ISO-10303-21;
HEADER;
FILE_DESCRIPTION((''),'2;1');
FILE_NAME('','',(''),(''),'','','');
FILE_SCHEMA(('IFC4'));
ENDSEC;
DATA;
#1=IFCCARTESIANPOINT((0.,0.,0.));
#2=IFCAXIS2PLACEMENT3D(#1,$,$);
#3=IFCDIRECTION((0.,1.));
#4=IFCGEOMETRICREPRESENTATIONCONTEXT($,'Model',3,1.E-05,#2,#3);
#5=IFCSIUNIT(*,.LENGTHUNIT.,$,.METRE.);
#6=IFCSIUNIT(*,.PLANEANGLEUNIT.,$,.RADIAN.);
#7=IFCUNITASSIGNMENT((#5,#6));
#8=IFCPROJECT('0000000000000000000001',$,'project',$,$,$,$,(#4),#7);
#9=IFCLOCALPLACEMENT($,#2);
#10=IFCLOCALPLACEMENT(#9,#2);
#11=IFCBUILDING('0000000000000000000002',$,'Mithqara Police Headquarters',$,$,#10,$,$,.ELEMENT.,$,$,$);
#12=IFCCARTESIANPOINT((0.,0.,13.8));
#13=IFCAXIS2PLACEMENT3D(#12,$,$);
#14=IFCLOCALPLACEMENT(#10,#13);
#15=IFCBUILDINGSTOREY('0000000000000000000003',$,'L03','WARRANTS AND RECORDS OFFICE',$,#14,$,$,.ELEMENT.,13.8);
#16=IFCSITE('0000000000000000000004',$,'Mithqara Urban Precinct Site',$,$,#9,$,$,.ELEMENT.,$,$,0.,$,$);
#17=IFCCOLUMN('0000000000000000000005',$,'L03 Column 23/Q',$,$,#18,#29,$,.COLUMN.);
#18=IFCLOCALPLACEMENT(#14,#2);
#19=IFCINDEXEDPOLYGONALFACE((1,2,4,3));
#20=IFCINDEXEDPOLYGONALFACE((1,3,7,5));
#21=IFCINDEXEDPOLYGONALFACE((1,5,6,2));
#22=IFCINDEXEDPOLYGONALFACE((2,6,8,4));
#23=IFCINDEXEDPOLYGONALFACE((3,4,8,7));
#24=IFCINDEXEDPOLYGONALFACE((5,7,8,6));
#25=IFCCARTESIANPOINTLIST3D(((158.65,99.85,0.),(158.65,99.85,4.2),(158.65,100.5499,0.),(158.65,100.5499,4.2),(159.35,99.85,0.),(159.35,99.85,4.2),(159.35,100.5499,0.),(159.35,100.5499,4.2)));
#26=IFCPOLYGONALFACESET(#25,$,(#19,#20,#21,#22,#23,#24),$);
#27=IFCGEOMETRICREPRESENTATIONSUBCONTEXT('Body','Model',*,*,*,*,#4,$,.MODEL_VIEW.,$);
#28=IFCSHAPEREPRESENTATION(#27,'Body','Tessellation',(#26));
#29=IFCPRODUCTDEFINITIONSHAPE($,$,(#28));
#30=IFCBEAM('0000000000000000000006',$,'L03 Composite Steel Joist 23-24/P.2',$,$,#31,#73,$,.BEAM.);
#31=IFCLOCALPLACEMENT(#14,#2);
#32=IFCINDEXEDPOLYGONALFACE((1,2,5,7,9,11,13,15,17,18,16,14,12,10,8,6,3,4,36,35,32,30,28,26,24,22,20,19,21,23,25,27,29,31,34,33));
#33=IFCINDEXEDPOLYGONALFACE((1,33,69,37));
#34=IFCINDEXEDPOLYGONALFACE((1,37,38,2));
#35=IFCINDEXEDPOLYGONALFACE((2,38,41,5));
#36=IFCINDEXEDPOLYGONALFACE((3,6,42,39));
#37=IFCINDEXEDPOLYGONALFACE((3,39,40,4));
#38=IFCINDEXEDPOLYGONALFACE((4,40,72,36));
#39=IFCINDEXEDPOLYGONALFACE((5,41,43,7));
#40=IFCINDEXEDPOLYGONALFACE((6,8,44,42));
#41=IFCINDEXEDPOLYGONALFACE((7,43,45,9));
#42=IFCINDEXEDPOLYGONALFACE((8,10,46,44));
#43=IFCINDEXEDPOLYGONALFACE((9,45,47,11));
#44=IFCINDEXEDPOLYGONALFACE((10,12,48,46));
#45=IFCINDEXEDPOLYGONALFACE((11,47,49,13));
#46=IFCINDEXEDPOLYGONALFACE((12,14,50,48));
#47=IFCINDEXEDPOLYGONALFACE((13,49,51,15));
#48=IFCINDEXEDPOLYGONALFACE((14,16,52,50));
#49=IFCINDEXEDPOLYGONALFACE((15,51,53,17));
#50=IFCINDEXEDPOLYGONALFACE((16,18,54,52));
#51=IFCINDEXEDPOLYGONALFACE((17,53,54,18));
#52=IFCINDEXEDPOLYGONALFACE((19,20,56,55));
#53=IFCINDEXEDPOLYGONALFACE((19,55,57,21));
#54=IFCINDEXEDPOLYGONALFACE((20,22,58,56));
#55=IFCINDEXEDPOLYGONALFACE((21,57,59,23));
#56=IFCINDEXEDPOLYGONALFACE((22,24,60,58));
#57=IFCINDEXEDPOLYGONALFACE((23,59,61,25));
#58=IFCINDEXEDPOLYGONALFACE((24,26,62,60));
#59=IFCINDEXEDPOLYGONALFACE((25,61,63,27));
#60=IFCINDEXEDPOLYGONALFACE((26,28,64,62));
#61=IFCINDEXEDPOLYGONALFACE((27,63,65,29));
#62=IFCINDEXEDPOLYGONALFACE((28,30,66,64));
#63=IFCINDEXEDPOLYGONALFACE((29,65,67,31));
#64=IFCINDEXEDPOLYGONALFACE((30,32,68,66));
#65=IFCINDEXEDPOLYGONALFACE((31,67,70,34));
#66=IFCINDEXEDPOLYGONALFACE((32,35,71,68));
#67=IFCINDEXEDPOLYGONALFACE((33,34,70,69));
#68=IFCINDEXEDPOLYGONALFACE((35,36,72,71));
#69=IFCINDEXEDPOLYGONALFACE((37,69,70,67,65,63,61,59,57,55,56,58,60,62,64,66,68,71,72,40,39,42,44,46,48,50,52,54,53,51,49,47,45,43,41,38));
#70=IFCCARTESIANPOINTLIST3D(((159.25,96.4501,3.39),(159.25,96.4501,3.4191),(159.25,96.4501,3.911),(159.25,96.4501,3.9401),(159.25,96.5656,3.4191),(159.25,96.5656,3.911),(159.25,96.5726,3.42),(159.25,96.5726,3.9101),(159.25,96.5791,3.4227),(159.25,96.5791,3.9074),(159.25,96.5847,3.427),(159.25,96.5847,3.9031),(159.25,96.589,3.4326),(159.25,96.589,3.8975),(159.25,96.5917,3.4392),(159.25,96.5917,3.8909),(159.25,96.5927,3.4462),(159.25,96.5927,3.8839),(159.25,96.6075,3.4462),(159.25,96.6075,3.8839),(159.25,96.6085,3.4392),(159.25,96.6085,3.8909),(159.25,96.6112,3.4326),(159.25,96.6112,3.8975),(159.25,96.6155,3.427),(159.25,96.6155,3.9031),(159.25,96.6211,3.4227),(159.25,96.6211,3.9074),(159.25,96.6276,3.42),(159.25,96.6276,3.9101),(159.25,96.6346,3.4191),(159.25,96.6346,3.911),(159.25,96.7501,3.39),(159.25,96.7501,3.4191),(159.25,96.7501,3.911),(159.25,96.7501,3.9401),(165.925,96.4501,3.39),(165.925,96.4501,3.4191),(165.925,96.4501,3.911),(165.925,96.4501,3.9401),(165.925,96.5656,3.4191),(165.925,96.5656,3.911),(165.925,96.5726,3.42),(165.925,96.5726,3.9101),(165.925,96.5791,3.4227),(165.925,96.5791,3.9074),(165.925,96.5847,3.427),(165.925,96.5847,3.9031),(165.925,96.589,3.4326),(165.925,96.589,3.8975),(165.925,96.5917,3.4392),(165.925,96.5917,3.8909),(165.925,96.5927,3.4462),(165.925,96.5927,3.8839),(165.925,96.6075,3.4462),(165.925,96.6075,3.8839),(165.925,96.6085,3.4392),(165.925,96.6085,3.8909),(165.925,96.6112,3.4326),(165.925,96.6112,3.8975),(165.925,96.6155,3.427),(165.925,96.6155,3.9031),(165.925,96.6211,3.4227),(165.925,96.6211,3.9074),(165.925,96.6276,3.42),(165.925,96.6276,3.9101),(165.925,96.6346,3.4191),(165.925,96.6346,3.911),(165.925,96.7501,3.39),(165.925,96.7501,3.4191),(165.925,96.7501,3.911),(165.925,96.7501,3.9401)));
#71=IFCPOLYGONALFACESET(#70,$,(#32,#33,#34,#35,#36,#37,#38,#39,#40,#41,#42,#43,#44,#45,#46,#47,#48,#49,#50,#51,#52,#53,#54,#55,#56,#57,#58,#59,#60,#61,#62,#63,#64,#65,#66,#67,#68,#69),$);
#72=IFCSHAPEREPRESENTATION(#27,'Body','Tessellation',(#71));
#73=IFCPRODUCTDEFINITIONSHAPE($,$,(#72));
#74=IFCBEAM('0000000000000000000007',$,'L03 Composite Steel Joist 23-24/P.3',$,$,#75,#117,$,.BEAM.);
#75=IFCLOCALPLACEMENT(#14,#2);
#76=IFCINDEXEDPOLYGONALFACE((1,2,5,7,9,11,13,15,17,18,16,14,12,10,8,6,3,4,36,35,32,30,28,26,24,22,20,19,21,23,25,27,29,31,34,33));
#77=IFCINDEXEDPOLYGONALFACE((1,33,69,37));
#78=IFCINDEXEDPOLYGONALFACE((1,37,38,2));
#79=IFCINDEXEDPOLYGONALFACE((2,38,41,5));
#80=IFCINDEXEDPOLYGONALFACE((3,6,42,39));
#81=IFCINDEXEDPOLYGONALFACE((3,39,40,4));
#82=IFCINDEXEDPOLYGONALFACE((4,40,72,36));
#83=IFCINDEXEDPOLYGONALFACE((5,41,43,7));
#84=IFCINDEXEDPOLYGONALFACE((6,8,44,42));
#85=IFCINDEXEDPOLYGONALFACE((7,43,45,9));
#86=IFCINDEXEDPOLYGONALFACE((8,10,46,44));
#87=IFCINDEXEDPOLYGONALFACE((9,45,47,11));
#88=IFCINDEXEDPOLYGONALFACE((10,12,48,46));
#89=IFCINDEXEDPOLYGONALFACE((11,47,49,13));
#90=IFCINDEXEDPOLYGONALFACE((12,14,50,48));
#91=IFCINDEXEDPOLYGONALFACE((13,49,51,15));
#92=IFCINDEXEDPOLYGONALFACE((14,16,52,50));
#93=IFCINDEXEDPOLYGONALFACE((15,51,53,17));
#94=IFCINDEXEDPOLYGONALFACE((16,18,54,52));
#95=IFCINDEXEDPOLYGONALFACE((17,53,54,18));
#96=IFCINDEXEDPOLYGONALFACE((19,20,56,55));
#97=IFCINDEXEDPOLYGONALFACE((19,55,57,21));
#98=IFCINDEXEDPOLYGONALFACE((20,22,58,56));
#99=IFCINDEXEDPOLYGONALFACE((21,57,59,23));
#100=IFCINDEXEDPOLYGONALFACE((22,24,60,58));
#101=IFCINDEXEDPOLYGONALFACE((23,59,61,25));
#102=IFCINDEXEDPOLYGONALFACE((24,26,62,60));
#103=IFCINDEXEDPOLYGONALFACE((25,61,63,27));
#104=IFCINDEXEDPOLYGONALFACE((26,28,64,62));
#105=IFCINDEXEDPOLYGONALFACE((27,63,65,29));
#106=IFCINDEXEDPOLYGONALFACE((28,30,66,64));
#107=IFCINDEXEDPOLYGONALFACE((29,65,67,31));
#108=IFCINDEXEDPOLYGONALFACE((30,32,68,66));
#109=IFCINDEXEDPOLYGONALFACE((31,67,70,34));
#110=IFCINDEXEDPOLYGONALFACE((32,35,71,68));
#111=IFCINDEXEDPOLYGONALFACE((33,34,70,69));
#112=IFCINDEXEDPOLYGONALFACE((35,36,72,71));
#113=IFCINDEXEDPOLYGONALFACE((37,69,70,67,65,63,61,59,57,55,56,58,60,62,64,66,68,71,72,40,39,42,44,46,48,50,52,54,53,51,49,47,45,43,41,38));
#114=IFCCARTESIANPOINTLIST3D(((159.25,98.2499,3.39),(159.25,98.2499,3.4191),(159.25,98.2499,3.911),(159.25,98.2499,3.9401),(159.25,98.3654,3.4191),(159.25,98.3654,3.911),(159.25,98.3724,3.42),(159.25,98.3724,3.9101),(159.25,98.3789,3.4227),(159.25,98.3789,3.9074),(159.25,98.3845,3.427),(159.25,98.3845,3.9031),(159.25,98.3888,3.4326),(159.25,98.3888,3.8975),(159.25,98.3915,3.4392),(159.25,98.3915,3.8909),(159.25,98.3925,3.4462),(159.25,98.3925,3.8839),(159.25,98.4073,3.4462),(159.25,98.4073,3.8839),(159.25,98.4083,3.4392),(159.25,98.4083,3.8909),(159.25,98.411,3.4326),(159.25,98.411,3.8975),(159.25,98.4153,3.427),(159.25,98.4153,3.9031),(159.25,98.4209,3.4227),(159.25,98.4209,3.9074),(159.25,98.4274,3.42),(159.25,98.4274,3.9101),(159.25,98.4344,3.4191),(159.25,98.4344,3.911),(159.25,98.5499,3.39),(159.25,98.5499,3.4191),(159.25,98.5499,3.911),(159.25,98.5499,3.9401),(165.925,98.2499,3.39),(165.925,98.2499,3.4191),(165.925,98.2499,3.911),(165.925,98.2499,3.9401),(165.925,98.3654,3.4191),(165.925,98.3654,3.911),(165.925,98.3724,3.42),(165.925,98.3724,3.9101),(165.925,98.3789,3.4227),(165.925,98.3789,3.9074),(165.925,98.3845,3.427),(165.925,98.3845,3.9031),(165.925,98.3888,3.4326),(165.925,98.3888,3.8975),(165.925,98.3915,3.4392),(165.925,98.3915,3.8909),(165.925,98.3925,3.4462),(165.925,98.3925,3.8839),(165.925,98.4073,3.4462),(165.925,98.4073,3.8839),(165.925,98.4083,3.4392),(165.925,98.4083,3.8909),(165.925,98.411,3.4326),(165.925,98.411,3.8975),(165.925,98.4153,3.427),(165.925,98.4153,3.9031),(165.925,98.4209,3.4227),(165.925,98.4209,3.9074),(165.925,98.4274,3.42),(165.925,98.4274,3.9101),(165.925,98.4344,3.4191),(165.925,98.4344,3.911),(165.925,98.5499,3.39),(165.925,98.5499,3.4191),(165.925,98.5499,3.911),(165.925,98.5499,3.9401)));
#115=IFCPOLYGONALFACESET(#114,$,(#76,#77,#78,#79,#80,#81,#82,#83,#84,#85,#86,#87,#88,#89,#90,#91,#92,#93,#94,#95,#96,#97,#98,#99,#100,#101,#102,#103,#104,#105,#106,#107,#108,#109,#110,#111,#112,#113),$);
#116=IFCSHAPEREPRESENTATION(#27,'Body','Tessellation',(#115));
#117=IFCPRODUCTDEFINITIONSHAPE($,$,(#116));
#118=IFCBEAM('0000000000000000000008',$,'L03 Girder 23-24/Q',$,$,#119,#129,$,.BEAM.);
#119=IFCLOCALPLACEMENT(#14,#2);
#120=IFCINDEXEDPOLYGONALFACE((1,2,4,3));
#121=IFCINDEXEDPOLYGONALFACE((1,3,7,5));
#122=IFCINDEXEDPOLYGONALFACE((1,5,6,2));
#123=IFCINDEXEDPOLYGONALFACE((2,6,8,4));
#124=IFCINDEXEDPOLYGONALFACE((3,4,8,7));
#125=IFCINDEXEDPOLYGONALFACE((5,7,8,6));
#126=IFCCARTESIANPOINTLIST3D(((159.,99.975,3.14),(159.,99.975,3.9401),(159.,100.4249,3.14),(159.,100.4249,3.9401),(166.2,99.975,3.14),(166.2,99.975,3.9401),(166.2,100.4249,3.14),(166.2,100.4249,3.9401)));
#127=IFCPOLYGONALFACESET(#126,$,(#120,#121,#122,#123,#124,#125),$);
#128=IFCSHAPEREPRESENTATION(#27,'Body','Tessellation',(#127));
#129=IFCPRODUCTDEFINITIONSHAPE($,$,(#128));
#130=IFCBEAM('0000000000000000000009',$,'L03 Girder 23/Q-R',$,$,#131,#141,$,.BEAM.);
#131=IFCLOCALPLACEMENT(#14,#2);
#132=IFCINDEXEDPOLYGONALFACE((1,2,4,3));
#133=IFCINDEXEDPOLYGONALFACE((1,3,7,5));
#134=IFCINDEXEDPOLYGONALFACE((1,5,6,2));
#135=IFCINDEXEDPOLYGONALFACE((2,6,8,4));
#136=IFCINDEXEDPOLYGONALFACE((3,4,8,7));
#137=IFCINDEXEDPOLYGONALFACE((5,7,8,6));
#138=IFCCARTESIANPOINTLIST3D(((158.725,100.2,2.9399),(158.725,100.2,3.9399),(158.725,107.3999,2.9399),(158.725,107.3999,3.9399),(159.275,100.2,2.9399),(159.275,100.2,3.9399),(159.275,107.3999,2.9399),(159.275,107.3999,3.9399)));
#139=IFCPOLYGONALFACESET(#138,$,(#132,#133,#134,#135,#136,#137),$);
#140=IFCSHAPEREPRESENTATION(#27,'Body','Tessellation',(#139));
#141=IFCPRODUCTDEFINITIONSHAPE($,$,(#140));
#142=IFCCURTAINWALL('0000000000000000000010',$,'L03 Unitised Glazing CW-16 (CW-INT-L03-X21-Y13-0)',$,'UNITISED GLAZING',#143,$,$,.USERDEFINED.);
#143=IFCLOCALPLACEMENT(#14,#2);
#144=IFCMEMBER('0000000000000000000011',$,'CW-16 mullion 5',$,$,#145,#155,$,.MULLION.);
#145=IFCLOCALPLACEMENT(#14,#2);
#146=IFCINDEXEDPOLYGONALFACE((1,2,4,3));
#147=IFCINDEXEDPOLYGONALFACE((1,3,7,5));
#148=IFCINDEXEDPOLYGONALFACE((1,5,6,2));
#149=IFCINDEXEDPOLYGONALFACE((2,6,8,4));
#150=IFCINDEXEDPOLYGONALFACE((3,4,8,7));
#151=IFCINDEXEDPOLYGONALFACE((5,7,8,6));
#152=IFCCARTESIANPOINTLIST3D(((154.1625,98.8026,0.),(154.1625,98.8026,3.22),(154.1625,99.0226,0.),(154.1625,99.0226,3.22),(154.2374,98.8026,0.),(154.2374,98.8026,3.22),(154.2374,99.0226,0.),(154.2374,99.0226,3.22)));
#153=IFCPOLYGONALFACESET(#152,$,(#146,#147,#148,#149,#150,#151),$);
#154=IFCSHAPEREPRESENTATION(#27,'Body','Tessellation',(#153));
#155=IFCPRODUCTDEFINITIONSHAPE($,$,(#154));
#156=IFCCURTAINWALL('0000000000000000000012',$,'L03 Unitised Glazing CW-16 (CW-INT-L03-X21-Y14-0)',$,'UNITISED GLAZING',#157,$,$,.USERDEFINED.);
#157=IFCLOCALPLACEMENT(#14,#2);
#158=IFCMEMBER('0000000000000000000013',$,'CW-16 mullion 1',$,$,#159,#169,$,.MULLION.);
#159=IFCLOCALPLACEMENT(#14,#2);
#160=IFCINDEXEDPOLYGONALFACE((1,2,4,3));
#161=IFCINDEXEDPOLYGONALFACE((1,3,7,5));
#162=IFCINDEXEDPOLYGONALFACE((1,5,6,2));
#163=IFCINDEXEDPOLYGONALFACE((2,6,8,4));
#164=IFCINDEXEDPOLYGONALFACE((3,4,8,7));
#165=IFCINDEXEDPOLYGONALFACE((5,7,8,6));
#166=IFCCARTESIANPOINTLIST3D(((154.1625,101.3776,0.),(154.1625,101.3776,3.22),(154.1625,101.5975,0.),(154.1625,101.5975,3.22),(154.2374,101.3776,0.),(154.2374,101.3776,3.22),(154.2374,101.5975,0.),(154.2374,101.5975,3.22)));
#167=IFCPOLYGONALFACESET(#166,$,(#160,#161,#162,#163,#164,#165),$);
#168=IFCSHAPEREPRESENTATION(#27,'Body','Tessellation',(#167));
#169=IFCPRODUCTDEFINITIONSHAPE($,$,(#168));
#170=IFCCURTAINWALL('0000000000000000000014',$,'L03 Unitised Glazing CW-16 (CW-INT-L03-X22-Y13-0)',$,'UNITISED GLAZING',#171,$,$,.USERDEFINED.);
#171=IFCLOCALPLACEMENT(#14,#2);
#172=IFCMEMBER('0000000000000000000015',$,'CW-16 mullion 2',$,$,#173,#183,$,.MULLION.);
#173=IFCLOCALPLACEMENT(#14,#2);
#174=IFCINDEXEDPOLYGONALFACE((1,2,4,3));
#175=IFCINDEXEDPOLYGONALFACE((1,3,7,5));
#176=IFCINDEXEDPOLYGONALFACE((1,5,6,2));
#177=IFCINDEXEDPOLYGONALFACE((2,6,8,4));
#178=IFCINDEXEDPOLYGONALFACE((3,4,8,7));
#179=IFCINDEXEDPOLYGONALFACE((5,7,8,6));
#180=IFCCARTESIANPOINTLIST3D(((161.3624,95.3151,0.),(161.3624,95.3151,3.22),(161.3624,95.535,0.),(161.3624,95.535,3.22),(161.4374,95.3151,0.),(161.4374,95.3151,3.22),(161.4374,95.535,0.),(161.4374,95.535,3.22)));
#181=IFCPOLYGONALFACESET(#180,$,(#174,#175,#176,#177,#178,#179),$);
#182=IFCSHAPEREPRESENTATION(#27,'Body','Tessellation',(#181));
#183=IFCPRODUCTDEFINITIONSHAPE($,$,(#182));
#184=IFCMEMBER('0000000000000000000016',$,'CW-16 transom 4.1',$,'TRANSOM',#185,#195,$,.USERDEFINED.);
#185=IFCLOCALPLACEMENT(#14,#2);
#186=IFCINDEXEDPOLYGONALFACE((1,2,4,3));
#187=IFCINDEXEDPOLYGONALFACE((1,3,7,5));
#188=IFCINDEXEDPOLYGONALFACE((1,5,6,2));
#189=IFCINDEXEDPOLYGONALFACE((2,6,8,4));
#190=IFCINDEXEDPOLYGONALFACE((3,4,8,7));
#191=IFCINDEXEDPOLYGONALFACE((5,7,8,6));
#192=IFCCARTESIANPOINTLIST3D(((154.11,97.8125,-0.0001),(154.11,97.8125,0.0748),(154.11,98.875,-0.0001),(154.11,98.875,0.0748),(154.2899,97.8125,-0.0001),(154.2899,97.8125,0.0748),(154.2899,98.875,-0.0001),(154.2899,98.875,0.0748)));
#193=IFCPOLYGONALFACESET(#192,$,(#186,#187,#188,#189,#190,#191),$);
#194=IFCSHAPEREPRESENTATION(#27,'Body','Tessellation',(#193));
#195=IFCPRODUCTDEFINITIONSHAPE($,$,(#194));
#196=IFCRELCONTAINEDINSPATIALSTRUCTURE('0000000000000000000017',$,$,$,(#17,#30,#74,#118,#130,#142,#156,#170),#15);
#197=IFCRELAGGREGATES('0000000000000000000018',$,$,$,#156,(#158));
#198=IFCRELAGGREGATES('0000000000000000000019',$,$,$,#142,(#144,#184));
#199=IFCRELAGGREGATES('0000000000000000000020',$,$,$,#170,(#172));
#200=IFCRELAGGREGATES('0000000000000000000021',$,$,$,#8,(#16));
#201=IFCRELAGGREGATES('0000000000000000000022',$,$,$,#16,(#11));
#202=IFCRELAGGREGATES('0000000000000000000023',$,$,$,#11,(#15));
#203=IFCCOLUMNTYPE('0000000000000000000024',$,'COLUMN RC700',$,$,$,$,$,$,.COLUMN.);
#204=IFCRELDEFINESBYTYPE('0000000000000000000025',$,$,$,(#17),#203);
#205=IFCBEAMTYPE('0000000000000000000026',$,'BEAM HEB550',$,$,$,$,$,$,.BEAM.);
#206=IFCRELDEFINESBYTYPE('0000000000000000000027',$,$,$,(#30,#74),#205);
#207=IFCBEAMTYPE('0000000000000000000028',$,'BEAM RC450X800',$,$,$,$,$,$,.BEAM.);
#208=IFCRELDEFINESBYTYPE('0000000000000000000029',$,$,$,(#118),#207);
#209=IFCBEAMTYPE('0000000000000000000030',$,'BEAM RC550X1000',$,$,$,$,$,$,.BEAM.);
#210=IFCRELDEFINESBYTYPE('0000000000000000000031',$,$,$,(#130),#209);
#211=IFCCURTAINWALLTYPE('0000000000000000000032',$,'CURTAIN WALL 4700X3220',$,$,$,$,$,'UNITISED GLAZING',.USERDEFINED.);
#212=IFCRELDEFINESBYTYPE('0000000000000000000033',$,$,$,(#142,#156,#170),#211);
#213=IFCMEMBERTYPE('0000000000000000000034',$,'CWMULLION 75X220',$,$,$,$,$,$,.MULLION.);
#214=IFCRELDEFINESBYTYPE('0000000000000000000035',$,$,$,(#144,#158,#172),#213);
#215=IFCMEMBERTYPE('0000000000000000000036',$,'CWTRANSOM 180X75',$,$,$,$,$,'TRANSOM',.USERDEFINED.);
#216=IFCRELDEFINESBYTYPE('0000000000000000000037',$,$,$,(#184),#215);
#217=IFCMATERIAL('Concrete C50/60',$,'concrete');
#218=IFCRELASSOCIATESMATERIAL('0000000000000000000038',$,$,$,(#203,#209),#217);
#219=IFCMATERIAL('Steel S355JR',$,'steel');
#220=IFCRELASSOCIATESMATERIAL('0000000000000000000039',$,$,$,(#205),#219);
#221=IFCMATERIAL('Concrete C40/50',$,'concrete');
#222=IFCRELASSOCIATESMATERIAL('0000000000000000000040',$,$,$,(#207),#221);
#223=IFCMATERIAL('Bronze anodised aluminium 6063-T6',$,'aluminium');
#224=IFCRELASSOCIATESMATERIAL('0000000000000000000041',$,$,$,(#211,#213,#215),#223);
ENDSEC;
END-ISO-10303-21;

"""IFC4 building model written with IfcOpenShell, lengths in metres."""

from ifc_helpers import new_model, si_unit, direction, frame, origin, origin_2d, place, context, subcontext, project, spatial, rectangle, i_section, extrude, material, material_profile, profile_set, type_object, element, aggregate, save


model = new_model("IFC4")

# Units and contexts
model_context = context("Model", 3, precision=1e-05, world=origin(), true_north=direction((0.0, 1.0)))
body_context = subcontext(model_context, "Body", "Model", "MODEL_VIEW")
ifc_project = project(units=[si_unit("LENGTHUNIT", "METRE"), si_unit("PLANEANGLEUNIT", "RADIAN")], contexts=[model_context])

# Site, building, storey
site_placement = place(None, origin())
site = spatial("IfcSite", under=ifc_project, at=site_placement, Name="Mithqara Urban Precinct Site", CompositionType="ELEMENT", RefElevation=0.0)
building_placement = place(site_placement, origin())
building = spatial("IfcBuilding", under=site, at=building_placement, Name="Mithqara Police Headquarters", CompositionType="ELEMENT")
storey_placement = place(building_placement, frame((0.0, 0.0, 13.8)))
storey = spatial("IfcBuildingStorey", under=building, at=storey_placement, Name="L03", Description="WARRANTS AND RECORDS OFFICE", CompositionType="ELEMENT", Elevation=13.8)

# Column
ifc_material_1 = material(Name="Concrete C50/60", Category="concrete")
ifc_material_profile_1 = material_profile(ifc_material_1, rectangle(XDim=0.7, YDim=0.7, at=origin_2d()), Name="RC 700x700")
ifc_profile_set_1 = profile_set([ifc_material_profile_1], Name="Concrete C50/60")
column_type = type_object("IfcColumnType", Name="COLUMN RC700", PredefinedType="COLUMN", material=ifc_profile_set_1)
column_placement = place(storey_placement, frame((159.0, 100.2, 0.0), z_axis=(0.0, 0.0, 1.0), x_axis=(1.0, 0.0, 0.0)))
element("IfcColumn", 1, at=column_placement, inside=storey, type_object=column_type, Name="L03 Column 23/Q", PredefinedType="COLUMN", context=body_context, shape_type="SweptSolid", body=[
    extrude(rectangle(XDim=0.7, YDim=0.7, at=origin_2d()), origin(), (0.0, 0.0, 1.0), 4.2),
])

# Beams
ifc_material_2 = material(Name="Steel S355JR", Category="steel")
ifc_material_profile_2 = material_profile(ifc_material_2, i_section(OverallWidth=0.3, OverallDepth=0.55, WebThickness=0.0149, FlangeThickness=0.0291, FilletRadius=0.0271, at=origin_2d()), Name="HEB 550")
ifc_profile_set_2 = profile_set([ifc_material_profile_2], Name="Steel S355JR")
beam_type_1 = type_object("IfcBeamType", Name="BEAM HEB550", PredefinedType="BEAM", material=ifc_profile_set_2)
for number, where, z_axis, x_axis, name in (
    (2, (159.25, 96.6001, 3.665), (1.0, 0.0, 0.0), (0.0, 1.0, 0.0), "L03 Composite Steel Joist 23-24/P.2"),
    (3, (159.25, 98.3999, 3.665), (1.0, 0.0, 0.0), (0.0, 1.0, 0.0), "L03 Composite Steel Joist 23-24/P.3"),
):
    element("IfcBeam", number, at=place(storey_placement, frame(where, z_axis=z_axis, x_axis=x_axis)), inside=storey, type_object=beam_type_1, Name=name, PredefinedType="BEAM", context=body_context, shape_type="SweptSolid", body=[
        extrude(i_section(OverallWidth=0.3, OverallDepth=0.55, WebThickness=0.0149, FlangeThickness=0.0291, FilletRadius=0.0271, at=origin_2d()), origin(), (0.0, 0.0, 1.0), 6.675),
    ])
ifc_material_3 = material(Name="Concrete C40/50", Category="concrete")
ifc_material_profile_3 = material_profile(ifc_material_3, rectangle(XDim=0.45, YDim=0.8, at=origin_2d()), Name="RC 450x800")
ifc_profile_set_3 = profile_set([ifc_material_profile_3], Name="Concrete C40/50")
beam_type_2 = type_object("IfcBeamType", Name="BEAM RC450X800", PredefinedType="BEAM", material=ifc_profile_set_3)
beam_1_placement = place(storey_placement, frame((159.0, 100.2, 3.54), z_axis=(1.0, 0.0, 0.0), x_axis=(0.0, 1.0, 0.0)))
element("IfcBeam", 4, at=beam_1_placement, inside=storey, type_object=beam_type_2, Name="L03 Girder 23-24/Q", PredefinedType="BEAM", context=body_context, shape_type="SweptSolid", body=[
    extrude(rectangle(XDim=0.45, YDim=0.8, at=origin_2d()), origin(), (0.0, 0.0, 1.0), 7.2),
])
ifc_material_profile_4 = material_profile(ifc_material_1, rectangle(XDim=0.55, YDim=1.0, at=origin_2d()), Name="RC 550x1000")
ifc_profile_set_4 = profile_set([ifc_material_profile_4], Name="Concrete C50/60")
beam_type_3 = type_object("IfcBeamType", Name="BEAM RC550X1000", PredefinedType="BEAM", material=ifc_profile_set_4)
beam_2_placement = place(storey_placement, frame((159.0, 100.2, 3.4399), z_axis=(0.0, 1.0, 0.0), x_axis=(-1.0, 0.0, 0.0)))
element("IfcBeam", 5, at=beam_2_placement, inside=storey, type_object=beam_type_3, Name="L03 Girder 23/Q-R", PredefinedType="BEAM", context=body_context, shape_type="SweptSolid", body=[
    extrude(rectangle(XDim=0.55, YDim=1.0, at=origin_2d()), origin(), (0.0, 0.0, 1.0), 7.2),
])

# Curtain walls, members
ifc_material_4 = material(Name="Bronze anodised aluminium 6063-T6", Category="aluminium")
curtain_wall_type = type_object("IfcCurtainWallType", Name="CURTAIN WALL 4700X3220", ElementType="UNITISED GLAZING", PredefinedType="USERDEFINED", material=ifc_material_4)
curtain_wall_1_placement = place(storey_placement, origin())
curtain_wall_1 = element("IfcCurtainWall", 6, at=curtain_wall_1_placement, inside=storey, type_object=curtain_wall_type, Name="L03 Unitised Glazing CW-16 (CW-INT-L03-X21-Y13-0)", ObjectType="UNITISED GLAZING", PredefinedType="USERDEFINED")
ifc_material_profile_5 = material_profile(ifc_material_4, rectangle(XDim=0.075, YDim=0.22, at=origin_2d()), Name="CWM 75x220")
ifc_profile_set_5 = profile_set([ifc_material_profile_5], Name="Bronze anodised aluminium 6063-T6")
member_type_1 = type_object("IfcMemberType", Name="CWMULLION 75X220", PredefinedType="MULLION", material=ifc_profile_set_5)
member_1_placement = place(storey_placement, frame((154.2, 98.9126, 0.0), z_axis=(0.0, 0.0, 1.0), x_axis=(-1.0, 0.0, 0.0)))
member_1 = element("IfcMember", 7, at=member_1_placement, type_object=member_type_1, Name="CW-16 mullion 5", PredefinedType="MULLION", context=body_context, shape_type="SweptSolid", body=[
    extrude(rectangle(XDim=0.075, YDim=0.22, at=origin_2d()), origin(), (0.0, 0.0, 1.0), 3.22),
])
curtain_wall_2_placement = place(storey_placement, origin())
curtain_wall_2 = element("IfcCurtainWall", 8, at=curtain_wall_2_placement, inside=storey, type_object=curtain_wall_type, Name="L03 Unitised Glazing CW-16 (CW-INT-L03-X21-Y14-0)", ObjectType="UNITISED GLAZING", PredefinedType="USERDEFINED")
member_2_placement = place(storey_placement, frame((154.2, 101.4875, 0.0), z_axis=(0.0, 0.0, 1.0), x_axis=(-1.0, 0.0, 0.0)))
member_2 = element("IfcMember", 9, at=member_2_placement, type_object=member_type_1, Name="CW-16 mullion 1", PredefinedType="MULLION", context=body_context, shape_type="SweptSolid", body=[
    extrude(rectangle(XDim=0.075, YDim=0.22, at=origin_2d()), origin(), (0.0, 0.0, 1.0), 3.22),
])
aggregate(curtain_wall_2, [member_2])
curtain_wall_3_placement = place(storey_placement, origin())
curtain_wall_3 = element("IfcCurtainWall", 10, at=curtain_wall_3_placement, inside=storey, type_object=curtain_wall_type, Name="L03 Unitised Glazing CW-16 (CW-INT-L03-X22-Y13-0)", ObjectType="UNITISED GLAZING", PredefinedType="USERDEFINED")
member_3_placement = place(storey_placement, frame((161.3999, 95.425, 0.0), z_axis=(0.0, 0.0, 1.0), x_axis=(-1.0, 0.0, 0.0)))
member_3 = element("IfcMember", 11, at=member_3_placement, type_object=member_type_1, Name="CW-16 mullion 2", PredefinedType="MULLION", context=body_context, shape_type="SweptSolid", body=[
    extrude(rectangle(XDim=0.075, YDim=0.22, at=origin_2d()), origin(), (0.0, 0.0, 1.0), 3.22),
])

# Member
ifc_material_profile_6 = material_profile(ifc_material_4, rectangle(XDim=0.1799, YDim=0.075, at=origin_2d()), Name="CWT 180x75")
ifc_profile_set_6 = profile_set([ifc_material_profile_6], Name="Bronze anodised aluminium 6063-T6")
member_type_2 = type_object("IfcMemberType", Name="CWTRANSOM 180X75", ElementType="TRANSOM", PredefinedType="USERDEFINED", material=ifc_profile_set_6)
member_4_placement = place(storey_placement, frame((154.2, 97.8125, 0.0374), z_axis=(0.0, 1.0, 0.0), x_axis=(-1.0, 0.0, 0.0)))
member_4 = element("IfcMember", 12, at=member_4_placement, type_object=member_type_2, Name="CW-16 transom 4.1", ObjectType="TRANSOM", PredefinedType="USERDEFINED", context=body_context, shape_type="SweptSolid", body=[
    extrude(rectangle(XDim=0.1799, YDim=0.075, at=origin_2d()), origin(), (0.0, 0.0, 1.0), 1.0625),
])

aggregate(curtain_wall_1, [member_1, member_4])
aggregate(curtain_wall_3, [member_3])

save(model, "model.ifc")
